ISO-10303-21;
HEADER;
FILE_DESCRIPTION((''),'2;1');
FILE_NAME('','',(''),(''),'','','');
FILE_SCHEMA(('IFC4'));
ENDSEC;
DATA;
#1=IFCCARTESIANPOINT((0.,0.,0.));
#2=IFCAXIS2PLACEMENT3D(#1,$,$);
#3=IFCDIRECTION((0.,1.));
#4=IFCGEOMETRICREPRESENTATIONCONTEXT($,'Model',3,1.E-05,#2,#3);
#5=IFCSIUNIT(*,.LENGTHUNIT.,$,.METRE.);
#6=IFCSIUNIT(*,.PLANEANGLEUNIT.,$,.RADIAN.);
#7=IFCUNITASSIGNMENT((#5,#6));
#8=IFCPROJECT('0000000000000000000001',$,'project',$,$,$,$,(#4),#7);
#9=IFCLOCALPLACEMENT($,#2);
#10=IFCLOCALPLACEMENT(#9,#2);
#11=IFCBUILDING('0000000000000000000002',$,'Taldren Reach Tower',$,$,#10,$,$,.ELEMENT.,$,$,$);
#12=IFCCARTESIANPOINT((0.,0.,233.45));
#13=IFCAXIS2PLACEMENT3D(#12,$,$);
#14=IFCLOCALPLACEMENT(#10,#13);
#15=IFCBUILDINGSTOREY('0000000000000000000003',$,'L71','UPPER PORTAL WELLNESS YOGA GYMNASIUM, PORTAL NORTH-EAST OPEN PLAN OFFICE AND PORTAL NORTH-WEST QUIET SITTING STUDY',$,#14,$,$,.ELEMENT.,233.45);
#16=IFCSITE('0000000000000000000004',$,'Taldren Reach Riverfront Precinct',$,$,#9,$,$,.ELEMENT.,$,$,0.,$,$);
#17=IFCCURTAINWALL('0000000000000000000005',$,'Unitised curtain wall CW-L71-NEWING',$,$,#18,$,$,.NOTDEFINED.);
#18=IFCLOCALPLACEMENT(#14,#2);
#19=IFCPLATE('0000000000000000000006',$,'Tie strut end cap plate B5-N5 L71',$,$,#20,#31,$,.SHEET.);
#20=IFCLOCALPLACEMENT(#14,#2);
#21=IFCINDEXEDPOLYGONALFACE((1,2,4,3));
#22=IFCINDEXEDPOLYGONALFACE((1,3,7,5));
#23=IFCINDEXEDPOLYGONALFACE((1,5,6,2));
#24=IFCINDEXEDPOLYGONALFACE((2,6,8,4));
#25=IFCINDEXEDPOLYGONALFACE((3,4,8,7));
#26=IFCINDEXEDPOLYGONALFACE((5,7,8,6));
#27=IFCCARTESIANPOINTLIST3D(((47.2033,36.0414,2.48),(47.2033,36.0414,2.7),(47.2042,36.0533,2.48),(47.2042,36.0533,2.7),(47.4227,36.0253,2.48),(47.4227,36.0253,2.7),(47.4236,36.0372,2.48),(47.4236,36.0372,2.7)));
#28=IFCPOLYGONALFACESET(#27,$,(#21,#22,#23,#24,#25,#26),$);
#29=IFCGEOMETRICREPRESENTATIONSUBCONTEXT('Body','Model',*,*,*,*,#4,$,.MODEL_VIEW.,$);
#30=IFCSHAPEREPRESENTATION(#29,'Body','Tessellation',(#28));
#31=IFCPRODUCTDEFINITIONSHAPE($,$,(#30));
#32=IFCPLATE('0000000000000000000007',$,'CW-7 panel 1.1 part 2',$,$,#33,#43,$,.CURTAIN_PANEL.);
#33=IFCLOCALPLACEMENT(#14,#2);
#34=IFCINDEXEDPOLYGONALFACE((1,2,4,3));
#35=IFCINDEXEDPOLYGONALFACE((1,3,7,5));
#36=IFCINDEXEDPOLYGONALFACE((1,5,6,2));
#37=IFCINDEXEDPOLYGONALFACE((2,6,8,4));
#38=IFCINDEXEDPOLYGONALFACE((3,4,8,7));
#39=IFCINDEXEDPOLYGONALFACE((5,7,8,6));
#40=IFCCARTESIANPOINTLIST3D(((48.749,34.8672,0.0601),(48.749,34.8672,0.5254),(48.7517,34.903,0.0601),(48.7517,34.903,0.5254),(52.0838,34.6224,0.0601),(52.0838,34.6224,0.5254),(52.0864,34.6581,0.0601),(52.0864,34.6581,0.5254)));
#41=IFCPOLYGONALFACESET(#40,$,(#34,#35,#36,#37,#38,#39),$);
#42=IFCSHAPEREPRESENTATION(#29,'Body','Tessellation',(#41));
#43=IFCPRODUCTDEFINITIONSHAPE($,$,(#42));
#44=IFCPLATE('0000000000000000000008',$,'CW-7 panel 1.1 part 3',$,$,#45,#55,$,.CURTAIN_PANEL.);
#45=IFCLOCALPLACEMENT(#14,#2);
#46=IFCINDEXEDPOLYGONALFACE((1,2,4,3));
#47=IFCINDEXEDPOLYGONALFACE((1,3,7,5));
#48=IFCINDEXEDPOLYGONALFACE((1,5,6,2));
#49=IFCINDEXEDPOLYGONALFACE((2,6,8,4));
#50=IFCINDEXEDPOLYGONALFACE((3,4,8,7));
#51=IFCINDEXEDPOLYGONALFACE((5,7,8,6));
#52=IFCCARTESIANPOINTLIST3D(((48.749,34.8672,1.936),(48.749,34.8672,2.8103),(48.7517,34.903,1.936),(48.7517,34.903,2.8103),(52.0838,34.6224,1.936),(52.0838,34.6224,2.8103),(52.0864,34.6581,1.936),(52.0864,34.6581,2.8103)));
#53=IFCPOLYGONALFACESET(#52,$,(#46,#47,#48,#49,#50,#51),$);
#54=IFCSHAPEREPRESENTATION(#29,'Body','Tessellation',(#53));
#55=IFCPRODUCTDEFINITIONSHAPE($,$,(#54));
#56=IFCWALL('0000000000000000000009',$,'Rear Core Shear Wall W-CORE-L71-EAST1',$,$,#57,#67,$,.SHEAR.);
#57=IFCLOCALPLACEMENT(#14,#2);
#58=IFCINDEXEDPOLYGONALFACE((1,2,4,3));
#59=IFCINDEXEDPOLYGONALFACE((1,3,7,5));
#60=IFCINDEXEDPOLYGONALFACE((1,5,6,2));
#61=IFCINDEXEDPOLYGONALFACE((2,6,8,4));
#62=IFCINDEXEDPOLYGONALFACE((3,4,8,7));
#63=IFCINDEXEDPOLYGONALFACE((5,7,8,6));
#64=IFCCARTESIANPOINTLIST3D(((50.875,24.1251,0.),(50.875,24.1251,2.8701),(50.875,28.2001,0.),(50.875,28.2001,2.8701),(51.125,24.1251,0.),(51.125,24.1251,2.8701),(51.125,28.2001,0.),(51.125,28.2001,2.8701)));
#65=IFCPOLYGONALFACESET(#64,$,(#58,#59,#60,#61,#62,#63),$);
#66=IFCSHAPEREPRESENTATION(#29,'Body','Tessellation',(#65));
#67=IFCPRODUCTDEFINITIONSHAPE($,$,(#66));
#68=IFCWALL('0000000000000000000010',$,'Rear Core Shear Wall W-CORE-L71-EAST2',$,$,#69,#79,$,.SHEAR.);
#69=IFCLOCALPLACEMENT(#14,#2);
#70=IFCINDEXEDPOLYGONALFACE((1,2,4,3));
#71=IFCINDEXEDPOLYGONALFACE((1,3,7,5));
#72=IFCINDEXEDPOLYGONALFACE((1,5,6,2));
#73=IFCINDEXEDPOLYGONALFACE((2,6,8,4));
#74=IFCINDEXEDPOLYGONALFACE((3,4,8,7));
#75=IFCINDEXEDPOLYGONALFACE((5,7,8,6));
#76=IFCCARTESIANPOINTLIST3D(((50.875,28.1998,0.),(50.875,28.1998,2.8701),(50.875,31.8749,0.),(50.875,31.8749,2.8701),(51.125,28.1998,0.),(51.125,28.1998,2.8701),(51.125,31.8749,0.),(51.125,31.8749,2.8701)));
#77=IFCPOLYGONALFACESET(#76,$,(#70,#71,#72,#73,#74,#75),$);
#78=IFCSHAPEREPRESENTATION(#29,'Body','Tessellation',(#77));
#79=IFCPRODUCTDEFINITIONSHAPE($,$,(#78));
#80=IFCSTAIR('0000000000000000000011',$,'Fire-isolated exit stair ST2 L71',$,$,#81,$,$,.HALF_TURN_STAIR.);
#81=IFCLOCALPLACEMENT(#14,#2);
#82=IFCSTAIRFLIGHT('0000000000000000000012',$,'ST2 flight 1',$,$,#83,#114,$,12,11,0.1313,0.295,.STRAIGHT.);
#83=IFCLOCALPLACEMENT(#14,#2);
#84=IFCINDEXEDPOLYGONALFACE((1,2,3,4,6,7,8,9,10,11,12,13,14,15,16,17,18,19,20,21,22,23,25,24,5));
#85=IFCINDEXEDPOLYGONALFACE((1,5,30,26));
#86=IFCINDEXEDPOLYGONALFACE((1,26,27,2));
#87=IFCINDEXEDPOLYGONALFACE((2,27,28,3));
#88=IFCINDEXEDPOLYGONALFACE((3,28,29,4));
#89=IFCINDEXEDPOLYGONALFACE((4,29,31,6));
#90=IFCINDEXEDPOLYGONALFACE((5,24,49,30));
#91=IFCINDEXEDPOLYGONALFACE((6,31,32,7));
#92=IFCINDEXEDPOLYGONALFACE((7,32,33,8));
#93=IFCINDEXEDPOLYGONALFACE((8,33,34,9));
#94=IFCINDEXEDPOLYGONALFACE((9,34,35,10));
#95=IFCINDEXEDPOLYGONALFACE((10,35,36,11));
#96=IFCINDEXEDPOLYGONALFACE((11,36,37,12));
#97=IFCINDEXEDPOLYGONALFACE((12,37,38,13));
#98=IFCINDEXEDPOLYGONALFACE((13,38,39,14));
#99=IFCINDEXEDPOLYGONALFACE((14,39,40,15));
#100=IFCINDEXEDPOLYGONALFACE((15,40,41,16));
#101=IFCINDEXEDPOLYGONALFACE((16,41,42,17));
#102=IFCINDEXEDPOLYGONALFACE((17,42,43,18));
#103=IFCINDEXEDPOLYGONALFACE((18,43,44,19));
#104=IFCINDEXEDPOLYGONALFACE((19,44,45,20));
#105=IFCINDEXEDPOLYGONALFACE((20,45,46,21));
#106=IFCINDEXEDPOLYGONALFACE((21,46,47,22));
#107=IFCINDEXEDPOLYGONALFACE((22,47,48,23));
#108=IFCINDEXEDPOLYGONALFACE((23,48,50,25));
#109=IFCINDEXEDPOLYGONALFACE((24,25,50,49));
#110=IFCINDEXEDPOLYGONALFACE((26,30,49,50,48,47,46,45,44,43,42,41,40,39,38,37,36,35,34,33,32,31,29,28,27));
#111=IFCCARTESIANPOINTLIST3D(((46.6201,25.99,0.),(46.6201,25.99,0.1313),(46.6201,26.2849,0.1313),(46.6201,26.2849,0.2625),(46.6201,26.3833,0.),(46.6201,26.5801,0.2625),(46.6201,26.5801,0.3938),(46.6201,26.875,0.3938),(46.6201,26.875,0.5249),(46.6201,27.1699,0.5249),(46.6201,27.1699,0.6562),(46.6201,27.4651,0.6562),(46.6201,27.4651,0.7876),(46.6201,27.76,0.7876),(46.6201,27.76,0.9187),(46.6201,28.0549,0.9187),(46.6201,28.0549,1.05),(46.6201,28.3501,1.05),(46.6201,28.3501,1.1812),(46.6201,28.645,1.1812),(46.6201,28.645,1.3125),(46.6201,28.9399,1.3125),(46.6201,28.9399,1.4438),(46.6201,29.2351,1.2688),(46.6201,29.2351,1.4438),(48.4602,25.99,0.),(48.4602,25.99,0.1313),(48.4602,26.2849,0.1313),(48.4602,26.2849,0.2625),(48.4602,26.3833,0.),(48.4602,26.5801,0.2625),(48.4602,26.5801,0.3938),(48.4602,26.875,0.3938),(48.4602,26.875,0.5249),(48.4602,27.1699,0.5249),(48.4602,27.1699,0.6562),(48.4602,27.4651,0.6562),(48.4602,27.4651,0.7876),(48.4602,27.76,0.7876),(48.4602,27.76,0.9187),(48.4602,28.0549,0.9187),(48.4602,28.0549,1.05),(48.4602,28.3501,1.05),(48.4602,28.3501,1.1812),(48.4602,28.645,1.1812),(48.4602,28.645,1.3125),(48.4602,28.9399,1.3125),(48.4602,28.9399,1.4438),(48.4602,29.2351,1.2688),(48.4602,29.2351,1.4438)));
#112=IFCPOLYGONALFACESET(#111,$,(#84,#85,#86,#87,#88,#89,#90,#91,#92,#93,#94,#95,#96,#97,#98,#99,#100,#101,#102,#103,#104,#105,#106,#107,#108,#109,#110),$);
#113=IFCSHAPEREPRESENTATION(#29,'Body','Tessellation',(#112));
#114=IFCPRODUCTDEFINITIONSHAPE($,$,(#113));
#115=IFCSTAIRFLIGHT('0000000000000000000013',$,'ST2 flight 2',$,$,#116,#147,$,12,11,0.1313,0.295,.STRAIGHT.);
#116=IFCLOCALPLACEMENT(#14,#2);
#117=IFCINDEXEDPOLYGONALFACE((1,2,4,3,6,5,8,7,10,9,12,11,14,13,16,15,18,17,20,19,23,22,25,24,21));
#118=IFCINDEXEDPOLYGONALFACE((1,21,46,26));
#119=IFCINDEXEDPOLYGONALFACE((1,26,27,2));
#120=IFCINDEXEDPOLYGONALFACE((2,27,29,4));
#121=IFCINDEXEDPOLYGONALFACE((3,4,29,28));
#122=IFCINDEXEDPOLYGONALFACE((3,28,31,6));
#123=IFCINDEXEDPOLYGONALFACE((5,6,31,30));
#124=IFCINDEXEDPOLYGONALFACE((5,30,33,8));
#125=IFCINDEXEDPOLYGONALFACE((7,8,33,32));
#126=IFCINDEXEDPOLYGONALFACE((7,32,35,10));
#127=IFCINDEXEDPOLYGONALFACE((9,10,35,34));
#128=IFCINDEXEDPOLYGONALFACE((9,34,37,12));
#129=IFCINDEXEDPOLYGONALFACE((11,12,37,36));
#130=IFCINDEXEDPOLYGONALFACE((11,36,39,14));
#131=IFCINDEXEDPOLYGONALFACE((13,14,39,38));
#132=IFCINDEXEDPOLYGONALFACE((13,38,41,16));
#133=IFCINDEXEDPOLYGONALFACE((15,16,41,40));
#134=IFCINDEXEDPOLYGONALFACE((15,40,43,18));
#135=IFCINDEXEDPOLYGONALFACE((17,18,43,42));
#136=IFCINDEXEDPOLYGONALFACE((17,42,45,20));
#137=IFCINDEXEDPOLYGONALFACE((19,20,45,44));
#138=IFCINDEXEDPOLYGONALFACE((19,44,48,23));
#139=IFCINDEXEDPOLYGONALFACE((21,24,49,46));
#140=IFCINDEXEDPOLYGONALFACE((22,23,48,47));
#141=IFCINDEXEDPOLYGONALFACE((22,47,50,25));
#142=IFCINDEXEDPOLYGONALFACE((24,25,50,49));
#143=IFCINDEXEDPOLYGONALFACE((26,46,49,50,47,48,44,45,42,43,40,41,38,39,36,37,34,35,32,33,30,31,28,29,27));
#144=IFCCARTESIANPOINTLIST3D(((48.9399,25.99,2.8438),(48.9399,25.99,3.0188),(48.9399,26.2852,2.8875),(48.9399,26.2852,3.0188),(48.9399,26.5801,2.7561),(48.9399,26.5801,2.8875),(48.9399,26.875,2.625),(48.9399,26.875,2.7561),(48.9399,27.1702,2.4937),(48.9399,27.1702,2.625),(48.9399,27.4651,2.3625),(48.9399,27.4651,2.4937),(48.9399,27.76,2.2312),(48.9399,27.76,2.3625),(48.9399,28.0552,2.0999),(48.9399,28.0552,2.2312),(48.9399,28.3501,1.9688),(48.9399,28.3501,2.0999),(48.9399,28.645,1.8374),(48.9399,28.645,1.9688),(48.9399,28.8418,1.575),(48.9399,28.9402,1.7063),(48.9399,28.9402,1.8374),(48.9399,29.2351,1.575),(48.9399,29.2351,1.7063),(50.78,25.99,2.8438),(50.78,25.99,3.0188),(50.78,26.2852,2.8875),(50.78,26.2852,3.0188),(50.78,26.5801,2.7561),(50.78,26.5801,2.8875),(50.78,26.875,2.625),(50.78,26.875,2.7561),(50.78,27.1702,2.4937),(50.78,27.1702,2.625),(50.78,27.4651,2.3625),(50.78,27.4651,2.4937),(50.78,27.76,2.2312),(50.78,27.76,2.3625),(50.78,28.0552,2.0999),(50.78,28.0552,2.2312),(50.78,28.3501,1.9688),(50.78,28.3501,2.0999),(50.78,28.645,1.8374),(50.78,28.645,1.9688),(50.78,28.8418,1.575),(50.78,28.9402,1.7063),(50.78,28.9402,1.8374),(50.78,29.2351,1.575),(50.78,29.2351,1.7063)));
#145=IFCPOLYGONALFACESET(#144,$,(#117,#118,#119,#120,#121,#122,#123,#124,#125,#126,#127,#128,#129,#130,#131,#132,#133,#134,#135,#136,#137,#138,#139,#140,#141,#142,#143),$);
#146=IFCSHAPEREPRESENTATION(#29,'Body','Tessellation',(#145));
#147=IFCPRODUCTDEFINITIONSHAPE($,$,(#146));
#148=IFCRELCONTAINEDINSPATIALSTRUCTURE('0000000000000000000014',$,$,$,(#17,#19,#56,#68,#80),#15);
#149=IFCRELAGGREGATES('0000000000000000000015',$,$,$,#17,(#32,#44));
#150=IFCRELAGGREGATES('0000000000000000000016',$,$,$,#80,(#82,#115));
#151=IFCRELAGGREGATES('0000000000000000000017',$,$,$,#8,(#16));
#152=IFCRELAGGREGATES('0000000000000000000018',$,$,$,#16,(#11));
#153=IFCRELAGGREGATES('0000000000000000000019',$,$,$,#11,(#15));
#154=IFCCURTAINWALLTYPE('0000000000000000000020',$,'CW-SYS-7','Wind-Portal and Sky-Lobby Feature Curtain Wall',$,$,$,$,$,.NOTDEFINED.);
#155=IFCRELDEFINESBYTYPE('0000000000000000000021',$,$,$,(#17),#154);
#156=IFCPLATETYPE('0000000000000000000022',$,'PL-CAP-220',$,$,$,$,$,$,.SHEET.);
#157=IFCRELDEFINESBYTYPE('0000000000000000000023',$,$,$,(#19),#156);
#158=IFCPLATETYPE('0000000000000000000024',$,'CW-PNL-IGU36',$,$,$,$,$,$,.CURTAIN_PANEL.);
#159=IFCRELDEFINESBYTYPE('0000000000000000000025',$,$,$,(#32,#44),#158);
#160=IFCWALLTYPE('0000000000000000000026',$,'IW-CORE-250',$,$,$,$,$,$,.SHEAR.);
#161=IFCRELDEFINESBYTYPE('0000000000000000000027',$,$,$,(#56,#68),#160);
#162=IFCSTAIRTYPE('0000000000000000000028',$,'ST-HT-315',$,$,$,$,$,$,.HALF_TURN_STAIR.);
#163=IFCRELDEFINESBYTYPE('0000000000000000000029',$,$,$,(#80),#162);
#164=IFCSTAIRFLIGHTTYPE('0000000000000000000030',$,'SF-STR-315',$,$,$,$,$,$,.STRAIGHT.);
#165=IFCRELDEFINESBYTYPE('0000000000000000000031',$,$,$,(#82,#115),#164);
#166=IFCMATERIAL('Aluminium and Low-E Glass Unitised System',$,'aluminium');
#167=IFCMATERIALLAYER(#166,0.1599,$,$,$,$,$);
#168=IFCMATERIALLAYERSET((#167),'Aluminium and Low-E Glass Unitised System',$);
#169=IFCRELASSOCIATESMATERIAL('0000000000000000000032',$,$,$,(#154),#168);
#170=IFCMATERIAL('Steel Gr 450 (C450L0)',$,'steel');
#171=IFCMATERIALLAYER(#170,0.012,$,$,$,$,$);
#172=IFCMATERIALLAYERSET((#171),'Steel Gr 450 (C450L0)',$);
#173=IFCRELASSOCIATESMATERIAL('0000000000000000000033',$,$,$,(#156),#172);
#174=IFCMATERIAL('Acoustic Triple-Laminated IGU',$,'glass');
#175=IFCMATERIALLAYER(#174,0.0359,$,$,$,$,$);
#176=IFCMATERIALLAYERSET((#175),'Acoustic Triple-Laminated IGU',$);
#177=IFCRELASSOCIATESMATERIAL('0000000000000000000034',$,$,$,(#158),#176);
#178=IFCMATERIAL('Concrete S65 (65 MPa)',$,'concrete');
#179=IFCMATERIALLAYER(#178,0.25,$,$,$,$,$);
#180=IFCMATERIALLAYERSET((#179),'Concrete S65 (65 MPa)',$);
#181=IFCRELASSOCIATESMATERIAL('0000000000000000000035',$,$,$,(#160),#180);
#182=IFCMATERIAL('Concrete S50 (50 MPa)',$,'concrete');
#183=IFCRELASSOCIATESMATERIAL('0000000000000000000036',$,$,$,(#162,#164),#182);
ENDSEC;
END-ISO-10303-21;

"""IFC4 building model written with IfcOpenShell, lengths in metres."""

from ifc_helpers import new_model, si_unit, direction, frame, frame_2d, origin, origin_2d, place, context, subcontext, project, spatial, polyline, rectangle, outline, extrude, source, transform, mapped, material, layer, layer_set, type_object, element, aggregate, save


model = new_model("IFC4")

# Units and contexts
model_context = context("Model", 3, precision=1e-05, world=origin(), true_north=direction((0.0, 1.0)))
body_context = subcontext(model_context, "Body", "Model", "MODEL_VIEW")
ifc_project = project(units=[si_unit("LENGTHUNIT", "METRE"), si_unit("PLANEANGLEUNIT", "RADIAN")], contexts=[model_context])

# Site, building, storey
site_placement = place(None, origin())
site = spatial("IfcSite", under=ifc_project, at=site_placement, Name="Taldren Reach Riverfront Precinct", CompositionType="ELEMENT", RefElevation=0.0)
building_placement = place(site_placement, origin())
building = spatial("IfcBuilding", under=site, at=building_placement, Name="Taldren Reach Tower", CompositionType="ELEMENT")
storey_placement = place(building_placement, frame((0.0, 0.0, 233.45)))
storey = spatial("IfcBuildingStorey", under=building, at=storey_placement, Name="L71", Description="UPPER PORTAL WELLNESS YOGA GYMNASIUM, PORTAL NORTH-EAST OPEN PLAN OFFICE AND PORTAL NORTH-WEST QUIET SITTING STUDY", CompositionType="ELEMENT", Elevation=233.45)

# Shared definitions
ifc_material_1 = material(Name="Steel Gr 450 (C450L0)", Category="steel")

# Curtain wall
ifc_material_2 = material(Name="Aluminium and Low-E Glass Unitised System", Category="aluminium")
ifc_layer_1 = layer(ifc_material_2, 0.1599)
ifc_layer_set_1 = layer_set([ifc_layer_1], Name="Aluminium and Low-E Glass Unitised System")
curtain_wall_type = type_object("IfcCurtainWallType", Name="CW-SYS-7", Description="Wind-Portal and Sky-Lobby Feature Curtain Wall", PredefinedType="NOTDEFINED", material=ifc_layer_set_1)
curtain_wall_placement = place(storey_placement, origin())
curtain_wall = element("IfcCurtainWall", 1, at=curtain_wall_placement, inside=storey, type_object=curtain_wall_type, Name="Unitised curtain wall CW-L71-NEWING", PredefinedType="NOTDEFINED")

# Plates
ifc_layer_2 = layer(ifc_material_1, 0.012)
ifc_layer_set_2 = layer_set([ifc_layer_2], Name="Steel Gr 450 (C450L0)")
plate_type_1 = type_object("IfcPlateType", Name="PL-CAP-220", PredefinedType="SHEET", material=ifc_layer_set_2)
shared_shape_1 = source(origin(), body_context, "Body", "SweptSolid", [
    extrude(rectangle(XDim=0.22, YDim=0.012, at=origin_2d()), origin(), (0.0, 0.0, 1.0), 0.22),
])
plate_1_placement = place(storey_placement, frame((47.3135, 36.0393, 2.48), z_axis=(0.0, 0.0, 1.0), x_axis=(0.997314, -0.073238, 0.0)))
element("IfcPlate", 2, at=plate_1_placement, inside=storey, type_object=plate_type_1, Name="Tie strut end cap plate B5-N5 L71", PredefinedType="SHEET", context=body_context, shape_type="MappedRepresentation", body=[
    mapped(shared_shape_1, transform((0.0, 0.0, 0.0), scale=1.0)),
])
ifc_material_3 = material(Name="Acoustic Triple-Laminated IGU", Category="glass")
ifc_layer_3 = layer(ifc_material_3, 0.0359)
ifc_layer_set_3 = layer_set([ifc_layer_3], Name="Acoustic Triple-Laminated IGU")
plate_type_2 = type_object("IfcPlateType", Name="CW-PNL-IGU36", PredefinedType="CURTAIN_PANEL", material=ifc_layer_set_3)
shared_shape_2 = source(origin(), body_context, "Body", "SweptSolid", [
    extrude(rectangle(XDim=3.3438, YDim=0.0359, at=origin_2d()), origin(), (0.0, 0.0, 1.0), 0.4653),
])
plate_2_placement = place(storey_placement, frame((50.4177, 34.7627, 0.0601), z_axis=(0.0, 0.0, 1.0), x_axis=(-0.997314, 0.073238, 0.0)))
plate_2 = element("IfcPlate", 3, at=plate_2_placement, type_object=plate_type_2, Name="CW-7 panel 1.1 part 2", PredefinedType="CURTAIN_PANEL", context=body_context, shape_type="MappedRepresentation", body=[
    mapped(shared_shape_2, transform((0.0, 0.0, 0.0), scale=1.0)),
])
shared_shape_3 = source(origin(), body_context, "Body", "SweptSolid", [
    extrude(rectangle(XDim=3.3438, YDim=0.0359, at=origin_2d()), origin(), (0.0, 0.0, 1.0), 0.8743),
])
plate_3_placement = place(storey_placement, frame((50.4177, 34.7627, 1.936), z_axis=(0.0, 0.0, 1.0), x_axis=(-0.997314, 0.073238, 0.0)))
plate_3 = element("IfcPlate", 4, at=plate_3_placement, type_object=plate_type_2, Name="CW-7 panel 1.1 part 3", PredefinedType="CURTAIN_PANEL", context=body_context, shape_type="MappedRepresentation", body=[
    mapped(shared_shape_3, transform((0.0, 0.0, 0.0), scale=1.0)),
])
aggregate(curtain_wall, [plate_2, plate_3])

# Walls
ifc_material_4 = material(Name="Concrete S65 (65 MPa)", Category="concrete")
ifc_layer_4 = layer(ifc_material_4, 0.25)
ifc_layer_set_4 = layer_set([ifc_layer_4], Name="Concrete S65 (65 MPa)")
wall_type = type_object("IfcWallType", Name="IW-CORE-250", PredefinedType="SHEAR", material=ifc_layer_set_4)
shared_shape_4 = source(origin(), body_context, "Body", "SweptSolid", [
    extrude(rectangle(XDim=4.075, YDim=0.25, at=frame_2d((2.0376, 0.0))), origin(), (0.0, 0.0, 1.0), 2.8701),
])
wall_1_placement = place(storey_placement, frame((51.0, 24.125, 0.0), z_axis=(0.0, 0.0, 1.0), x_axis=(0.0, 1.0, 0.0)))
element("IfcWall", 5, at=wall_1_placement, inside=storey, type_object=wall_type, Name="Rear Core Shear Wall W-CORE-L71-EAST1", PredefinedType="SHEAR", context=body_context, shape_type="MappedRepresentation", body=[
    mapped(shared_shape_4, transform((0.0, 0.0, 0.0), scale=1.0)),
])
shared_shape_5 = source(origin(), body_context, "Body", "SweptSolid", [
    extrude(rectangle(XDim=3.675, YDim=0.25, at=frame_2d((1.8374, 0.0))), origin(), (0.0, 0.0, 1.0), 2.8701),
])
wall_2_placement = place(storey_placement, frame((51.0, 28.2, 0.0), z_axis=(0.0, 0.0, 1.0), x_axis=(0.0, 1.0, 0.0)))
element("IfcWall", 6, at=wall_2_placement, inside=storey, type_object=wall_type, Name="Rear Core Shear Wall W-CORE-L71-EAST2", PredefinedType="SHEAR", context=body_context, shape_type="MappedRepresentation", body=[
    mapped(shared_shape_5, transform((0.0, 0.0, 0.0), scale=1.0)),
])

# Stair, stair flights
ifc_material_5 = material(Name="Concrete S50 (50 MPa)", Category="concrete")
stair_type = type_object("IfcStairType", Name="ST-HT-315", PredefinedType="HALF_TURN_STAIR", material=ifc_material_5)
stair_placement = place(storey_placement, origin())
stair = element("IfcStair", 7, at=stair_placement, inside=storey, type_object=stair_type, Name="Fire-isolated exit stair ST2 L71", PredefinedType="HALF_TURN_STAIR")
stair_flight_type = type_object("IfcStairFlightType", Name="SF-STR-315", PredefinedType="STRAIGHT", material=ifc_material_5)
stair_flight_1_placement = place(storey_placement, frame((47.54, 25.99, 0.0), z_axis=(0.0, 0.0, 1.0), x_axis=(0.0, 1.0, 0.0)))
stair_flight_1 = element("IfcStairFlight", 8, at=stair_flight_1_placement, type_object=stair_flight_type, Name="ST2 flight 1", NumberOfRisers=12, NumberOfTreads=11, PredefinedType="STRAIGHT", RiserHeight=0.1313, TreadLength=0.295, context=body_context, shape_type="SweptSolid", body=[
    extrude(outline(polyline([(0.0, 0.0), (0.0, 0.1313), (0.2949, 0.1313), (0.2949, 0.2625), (0.5901, 0.2625), (0.5901, 0.3938), (0.885, 0.3938), (0.885, 0.5249), (1.1799, 0.5249), (1.1799, 0.6562), (1.4751, 0.6562), (1.4751, 0.7876), (1.77, 0.7876), (1.77, 0.9187), (2.0649, 0.9187), (2.0649, 1.05), (2.3601, 1.05), (2.3601, 1.1812), (2.655, 1.1812), (2.655, 1.3125), (2.95, 1.3125), (2.95, 1.4438), (3.2451, 1.4438), (3.2451, 1.575), (3.2451, 1.2688), (0.3933, 0.0), (0.0, 0.0)])), frame((0.0, 0.9199, 0.0), z_axis=(0.0, -1.0, 0.0), x_axis=(1.0, 0.0, 0.0)), (0.0, 0.0, 1.0), 1.8401),
])
stair_flight_2_placement = place(storey_placement, frame((49.8601, 29.2351, 1.575), z_axis=(0.0, 0.0, 1.0), x_axis=(0.0, -1.0, 0.0)))
stair_flight_2 = element("IfcStairFlight", 9, at=stair_flight_2_placement, type_object=stair_flight_type, Name="ST2 flight 2", NumberOfRisers=12, NumberOfTreads=11, PredefinedType="STRAIGHT", RiserHeight=0.1313, TreadLength=0.295, context=body_context, shape_type="SweptSolid", body=[
    extrude(outline(polyline([(0.0, 0.0), (0.0, 0.1313), (0.2949, 0.1313), (0.2949, 0.2625), (0.5901, 0.2625), (0.5901, 0.3938), (0.885, 0.3938), (0.885, 0.5249), (1.1799, 0.5249), (1.1799, 0.6562), (1.4751, 0.6562), (1.4751, 0.7876), (1.77, 0.7876), (1.77, 0.9187), (2.0649, 0.9187), (2.0649, 1.05), (2.3601, 1.05), (2.3601, 1.1812), (2.655, 1.1812), (2.655, 1.3125), (2.95, 1.3125), (2.95, 1.4438), (3.2451, 1.4438), (3.2451, 1.575), (3.2451, 1.2688), (0.3933, 0.0), (0.0, 0.0)])), frame((0.0, 0.9199, 0.0), z_axis=(0.0, -1.0, 0.0), x_axis=(1.0, 0.0, 0.0)), (0.0, 0.0, 1.0), 1.8401),
])
aggregate(stair, [stair_flight_1, stair_flight_2])

save(model, "model.ifc")
